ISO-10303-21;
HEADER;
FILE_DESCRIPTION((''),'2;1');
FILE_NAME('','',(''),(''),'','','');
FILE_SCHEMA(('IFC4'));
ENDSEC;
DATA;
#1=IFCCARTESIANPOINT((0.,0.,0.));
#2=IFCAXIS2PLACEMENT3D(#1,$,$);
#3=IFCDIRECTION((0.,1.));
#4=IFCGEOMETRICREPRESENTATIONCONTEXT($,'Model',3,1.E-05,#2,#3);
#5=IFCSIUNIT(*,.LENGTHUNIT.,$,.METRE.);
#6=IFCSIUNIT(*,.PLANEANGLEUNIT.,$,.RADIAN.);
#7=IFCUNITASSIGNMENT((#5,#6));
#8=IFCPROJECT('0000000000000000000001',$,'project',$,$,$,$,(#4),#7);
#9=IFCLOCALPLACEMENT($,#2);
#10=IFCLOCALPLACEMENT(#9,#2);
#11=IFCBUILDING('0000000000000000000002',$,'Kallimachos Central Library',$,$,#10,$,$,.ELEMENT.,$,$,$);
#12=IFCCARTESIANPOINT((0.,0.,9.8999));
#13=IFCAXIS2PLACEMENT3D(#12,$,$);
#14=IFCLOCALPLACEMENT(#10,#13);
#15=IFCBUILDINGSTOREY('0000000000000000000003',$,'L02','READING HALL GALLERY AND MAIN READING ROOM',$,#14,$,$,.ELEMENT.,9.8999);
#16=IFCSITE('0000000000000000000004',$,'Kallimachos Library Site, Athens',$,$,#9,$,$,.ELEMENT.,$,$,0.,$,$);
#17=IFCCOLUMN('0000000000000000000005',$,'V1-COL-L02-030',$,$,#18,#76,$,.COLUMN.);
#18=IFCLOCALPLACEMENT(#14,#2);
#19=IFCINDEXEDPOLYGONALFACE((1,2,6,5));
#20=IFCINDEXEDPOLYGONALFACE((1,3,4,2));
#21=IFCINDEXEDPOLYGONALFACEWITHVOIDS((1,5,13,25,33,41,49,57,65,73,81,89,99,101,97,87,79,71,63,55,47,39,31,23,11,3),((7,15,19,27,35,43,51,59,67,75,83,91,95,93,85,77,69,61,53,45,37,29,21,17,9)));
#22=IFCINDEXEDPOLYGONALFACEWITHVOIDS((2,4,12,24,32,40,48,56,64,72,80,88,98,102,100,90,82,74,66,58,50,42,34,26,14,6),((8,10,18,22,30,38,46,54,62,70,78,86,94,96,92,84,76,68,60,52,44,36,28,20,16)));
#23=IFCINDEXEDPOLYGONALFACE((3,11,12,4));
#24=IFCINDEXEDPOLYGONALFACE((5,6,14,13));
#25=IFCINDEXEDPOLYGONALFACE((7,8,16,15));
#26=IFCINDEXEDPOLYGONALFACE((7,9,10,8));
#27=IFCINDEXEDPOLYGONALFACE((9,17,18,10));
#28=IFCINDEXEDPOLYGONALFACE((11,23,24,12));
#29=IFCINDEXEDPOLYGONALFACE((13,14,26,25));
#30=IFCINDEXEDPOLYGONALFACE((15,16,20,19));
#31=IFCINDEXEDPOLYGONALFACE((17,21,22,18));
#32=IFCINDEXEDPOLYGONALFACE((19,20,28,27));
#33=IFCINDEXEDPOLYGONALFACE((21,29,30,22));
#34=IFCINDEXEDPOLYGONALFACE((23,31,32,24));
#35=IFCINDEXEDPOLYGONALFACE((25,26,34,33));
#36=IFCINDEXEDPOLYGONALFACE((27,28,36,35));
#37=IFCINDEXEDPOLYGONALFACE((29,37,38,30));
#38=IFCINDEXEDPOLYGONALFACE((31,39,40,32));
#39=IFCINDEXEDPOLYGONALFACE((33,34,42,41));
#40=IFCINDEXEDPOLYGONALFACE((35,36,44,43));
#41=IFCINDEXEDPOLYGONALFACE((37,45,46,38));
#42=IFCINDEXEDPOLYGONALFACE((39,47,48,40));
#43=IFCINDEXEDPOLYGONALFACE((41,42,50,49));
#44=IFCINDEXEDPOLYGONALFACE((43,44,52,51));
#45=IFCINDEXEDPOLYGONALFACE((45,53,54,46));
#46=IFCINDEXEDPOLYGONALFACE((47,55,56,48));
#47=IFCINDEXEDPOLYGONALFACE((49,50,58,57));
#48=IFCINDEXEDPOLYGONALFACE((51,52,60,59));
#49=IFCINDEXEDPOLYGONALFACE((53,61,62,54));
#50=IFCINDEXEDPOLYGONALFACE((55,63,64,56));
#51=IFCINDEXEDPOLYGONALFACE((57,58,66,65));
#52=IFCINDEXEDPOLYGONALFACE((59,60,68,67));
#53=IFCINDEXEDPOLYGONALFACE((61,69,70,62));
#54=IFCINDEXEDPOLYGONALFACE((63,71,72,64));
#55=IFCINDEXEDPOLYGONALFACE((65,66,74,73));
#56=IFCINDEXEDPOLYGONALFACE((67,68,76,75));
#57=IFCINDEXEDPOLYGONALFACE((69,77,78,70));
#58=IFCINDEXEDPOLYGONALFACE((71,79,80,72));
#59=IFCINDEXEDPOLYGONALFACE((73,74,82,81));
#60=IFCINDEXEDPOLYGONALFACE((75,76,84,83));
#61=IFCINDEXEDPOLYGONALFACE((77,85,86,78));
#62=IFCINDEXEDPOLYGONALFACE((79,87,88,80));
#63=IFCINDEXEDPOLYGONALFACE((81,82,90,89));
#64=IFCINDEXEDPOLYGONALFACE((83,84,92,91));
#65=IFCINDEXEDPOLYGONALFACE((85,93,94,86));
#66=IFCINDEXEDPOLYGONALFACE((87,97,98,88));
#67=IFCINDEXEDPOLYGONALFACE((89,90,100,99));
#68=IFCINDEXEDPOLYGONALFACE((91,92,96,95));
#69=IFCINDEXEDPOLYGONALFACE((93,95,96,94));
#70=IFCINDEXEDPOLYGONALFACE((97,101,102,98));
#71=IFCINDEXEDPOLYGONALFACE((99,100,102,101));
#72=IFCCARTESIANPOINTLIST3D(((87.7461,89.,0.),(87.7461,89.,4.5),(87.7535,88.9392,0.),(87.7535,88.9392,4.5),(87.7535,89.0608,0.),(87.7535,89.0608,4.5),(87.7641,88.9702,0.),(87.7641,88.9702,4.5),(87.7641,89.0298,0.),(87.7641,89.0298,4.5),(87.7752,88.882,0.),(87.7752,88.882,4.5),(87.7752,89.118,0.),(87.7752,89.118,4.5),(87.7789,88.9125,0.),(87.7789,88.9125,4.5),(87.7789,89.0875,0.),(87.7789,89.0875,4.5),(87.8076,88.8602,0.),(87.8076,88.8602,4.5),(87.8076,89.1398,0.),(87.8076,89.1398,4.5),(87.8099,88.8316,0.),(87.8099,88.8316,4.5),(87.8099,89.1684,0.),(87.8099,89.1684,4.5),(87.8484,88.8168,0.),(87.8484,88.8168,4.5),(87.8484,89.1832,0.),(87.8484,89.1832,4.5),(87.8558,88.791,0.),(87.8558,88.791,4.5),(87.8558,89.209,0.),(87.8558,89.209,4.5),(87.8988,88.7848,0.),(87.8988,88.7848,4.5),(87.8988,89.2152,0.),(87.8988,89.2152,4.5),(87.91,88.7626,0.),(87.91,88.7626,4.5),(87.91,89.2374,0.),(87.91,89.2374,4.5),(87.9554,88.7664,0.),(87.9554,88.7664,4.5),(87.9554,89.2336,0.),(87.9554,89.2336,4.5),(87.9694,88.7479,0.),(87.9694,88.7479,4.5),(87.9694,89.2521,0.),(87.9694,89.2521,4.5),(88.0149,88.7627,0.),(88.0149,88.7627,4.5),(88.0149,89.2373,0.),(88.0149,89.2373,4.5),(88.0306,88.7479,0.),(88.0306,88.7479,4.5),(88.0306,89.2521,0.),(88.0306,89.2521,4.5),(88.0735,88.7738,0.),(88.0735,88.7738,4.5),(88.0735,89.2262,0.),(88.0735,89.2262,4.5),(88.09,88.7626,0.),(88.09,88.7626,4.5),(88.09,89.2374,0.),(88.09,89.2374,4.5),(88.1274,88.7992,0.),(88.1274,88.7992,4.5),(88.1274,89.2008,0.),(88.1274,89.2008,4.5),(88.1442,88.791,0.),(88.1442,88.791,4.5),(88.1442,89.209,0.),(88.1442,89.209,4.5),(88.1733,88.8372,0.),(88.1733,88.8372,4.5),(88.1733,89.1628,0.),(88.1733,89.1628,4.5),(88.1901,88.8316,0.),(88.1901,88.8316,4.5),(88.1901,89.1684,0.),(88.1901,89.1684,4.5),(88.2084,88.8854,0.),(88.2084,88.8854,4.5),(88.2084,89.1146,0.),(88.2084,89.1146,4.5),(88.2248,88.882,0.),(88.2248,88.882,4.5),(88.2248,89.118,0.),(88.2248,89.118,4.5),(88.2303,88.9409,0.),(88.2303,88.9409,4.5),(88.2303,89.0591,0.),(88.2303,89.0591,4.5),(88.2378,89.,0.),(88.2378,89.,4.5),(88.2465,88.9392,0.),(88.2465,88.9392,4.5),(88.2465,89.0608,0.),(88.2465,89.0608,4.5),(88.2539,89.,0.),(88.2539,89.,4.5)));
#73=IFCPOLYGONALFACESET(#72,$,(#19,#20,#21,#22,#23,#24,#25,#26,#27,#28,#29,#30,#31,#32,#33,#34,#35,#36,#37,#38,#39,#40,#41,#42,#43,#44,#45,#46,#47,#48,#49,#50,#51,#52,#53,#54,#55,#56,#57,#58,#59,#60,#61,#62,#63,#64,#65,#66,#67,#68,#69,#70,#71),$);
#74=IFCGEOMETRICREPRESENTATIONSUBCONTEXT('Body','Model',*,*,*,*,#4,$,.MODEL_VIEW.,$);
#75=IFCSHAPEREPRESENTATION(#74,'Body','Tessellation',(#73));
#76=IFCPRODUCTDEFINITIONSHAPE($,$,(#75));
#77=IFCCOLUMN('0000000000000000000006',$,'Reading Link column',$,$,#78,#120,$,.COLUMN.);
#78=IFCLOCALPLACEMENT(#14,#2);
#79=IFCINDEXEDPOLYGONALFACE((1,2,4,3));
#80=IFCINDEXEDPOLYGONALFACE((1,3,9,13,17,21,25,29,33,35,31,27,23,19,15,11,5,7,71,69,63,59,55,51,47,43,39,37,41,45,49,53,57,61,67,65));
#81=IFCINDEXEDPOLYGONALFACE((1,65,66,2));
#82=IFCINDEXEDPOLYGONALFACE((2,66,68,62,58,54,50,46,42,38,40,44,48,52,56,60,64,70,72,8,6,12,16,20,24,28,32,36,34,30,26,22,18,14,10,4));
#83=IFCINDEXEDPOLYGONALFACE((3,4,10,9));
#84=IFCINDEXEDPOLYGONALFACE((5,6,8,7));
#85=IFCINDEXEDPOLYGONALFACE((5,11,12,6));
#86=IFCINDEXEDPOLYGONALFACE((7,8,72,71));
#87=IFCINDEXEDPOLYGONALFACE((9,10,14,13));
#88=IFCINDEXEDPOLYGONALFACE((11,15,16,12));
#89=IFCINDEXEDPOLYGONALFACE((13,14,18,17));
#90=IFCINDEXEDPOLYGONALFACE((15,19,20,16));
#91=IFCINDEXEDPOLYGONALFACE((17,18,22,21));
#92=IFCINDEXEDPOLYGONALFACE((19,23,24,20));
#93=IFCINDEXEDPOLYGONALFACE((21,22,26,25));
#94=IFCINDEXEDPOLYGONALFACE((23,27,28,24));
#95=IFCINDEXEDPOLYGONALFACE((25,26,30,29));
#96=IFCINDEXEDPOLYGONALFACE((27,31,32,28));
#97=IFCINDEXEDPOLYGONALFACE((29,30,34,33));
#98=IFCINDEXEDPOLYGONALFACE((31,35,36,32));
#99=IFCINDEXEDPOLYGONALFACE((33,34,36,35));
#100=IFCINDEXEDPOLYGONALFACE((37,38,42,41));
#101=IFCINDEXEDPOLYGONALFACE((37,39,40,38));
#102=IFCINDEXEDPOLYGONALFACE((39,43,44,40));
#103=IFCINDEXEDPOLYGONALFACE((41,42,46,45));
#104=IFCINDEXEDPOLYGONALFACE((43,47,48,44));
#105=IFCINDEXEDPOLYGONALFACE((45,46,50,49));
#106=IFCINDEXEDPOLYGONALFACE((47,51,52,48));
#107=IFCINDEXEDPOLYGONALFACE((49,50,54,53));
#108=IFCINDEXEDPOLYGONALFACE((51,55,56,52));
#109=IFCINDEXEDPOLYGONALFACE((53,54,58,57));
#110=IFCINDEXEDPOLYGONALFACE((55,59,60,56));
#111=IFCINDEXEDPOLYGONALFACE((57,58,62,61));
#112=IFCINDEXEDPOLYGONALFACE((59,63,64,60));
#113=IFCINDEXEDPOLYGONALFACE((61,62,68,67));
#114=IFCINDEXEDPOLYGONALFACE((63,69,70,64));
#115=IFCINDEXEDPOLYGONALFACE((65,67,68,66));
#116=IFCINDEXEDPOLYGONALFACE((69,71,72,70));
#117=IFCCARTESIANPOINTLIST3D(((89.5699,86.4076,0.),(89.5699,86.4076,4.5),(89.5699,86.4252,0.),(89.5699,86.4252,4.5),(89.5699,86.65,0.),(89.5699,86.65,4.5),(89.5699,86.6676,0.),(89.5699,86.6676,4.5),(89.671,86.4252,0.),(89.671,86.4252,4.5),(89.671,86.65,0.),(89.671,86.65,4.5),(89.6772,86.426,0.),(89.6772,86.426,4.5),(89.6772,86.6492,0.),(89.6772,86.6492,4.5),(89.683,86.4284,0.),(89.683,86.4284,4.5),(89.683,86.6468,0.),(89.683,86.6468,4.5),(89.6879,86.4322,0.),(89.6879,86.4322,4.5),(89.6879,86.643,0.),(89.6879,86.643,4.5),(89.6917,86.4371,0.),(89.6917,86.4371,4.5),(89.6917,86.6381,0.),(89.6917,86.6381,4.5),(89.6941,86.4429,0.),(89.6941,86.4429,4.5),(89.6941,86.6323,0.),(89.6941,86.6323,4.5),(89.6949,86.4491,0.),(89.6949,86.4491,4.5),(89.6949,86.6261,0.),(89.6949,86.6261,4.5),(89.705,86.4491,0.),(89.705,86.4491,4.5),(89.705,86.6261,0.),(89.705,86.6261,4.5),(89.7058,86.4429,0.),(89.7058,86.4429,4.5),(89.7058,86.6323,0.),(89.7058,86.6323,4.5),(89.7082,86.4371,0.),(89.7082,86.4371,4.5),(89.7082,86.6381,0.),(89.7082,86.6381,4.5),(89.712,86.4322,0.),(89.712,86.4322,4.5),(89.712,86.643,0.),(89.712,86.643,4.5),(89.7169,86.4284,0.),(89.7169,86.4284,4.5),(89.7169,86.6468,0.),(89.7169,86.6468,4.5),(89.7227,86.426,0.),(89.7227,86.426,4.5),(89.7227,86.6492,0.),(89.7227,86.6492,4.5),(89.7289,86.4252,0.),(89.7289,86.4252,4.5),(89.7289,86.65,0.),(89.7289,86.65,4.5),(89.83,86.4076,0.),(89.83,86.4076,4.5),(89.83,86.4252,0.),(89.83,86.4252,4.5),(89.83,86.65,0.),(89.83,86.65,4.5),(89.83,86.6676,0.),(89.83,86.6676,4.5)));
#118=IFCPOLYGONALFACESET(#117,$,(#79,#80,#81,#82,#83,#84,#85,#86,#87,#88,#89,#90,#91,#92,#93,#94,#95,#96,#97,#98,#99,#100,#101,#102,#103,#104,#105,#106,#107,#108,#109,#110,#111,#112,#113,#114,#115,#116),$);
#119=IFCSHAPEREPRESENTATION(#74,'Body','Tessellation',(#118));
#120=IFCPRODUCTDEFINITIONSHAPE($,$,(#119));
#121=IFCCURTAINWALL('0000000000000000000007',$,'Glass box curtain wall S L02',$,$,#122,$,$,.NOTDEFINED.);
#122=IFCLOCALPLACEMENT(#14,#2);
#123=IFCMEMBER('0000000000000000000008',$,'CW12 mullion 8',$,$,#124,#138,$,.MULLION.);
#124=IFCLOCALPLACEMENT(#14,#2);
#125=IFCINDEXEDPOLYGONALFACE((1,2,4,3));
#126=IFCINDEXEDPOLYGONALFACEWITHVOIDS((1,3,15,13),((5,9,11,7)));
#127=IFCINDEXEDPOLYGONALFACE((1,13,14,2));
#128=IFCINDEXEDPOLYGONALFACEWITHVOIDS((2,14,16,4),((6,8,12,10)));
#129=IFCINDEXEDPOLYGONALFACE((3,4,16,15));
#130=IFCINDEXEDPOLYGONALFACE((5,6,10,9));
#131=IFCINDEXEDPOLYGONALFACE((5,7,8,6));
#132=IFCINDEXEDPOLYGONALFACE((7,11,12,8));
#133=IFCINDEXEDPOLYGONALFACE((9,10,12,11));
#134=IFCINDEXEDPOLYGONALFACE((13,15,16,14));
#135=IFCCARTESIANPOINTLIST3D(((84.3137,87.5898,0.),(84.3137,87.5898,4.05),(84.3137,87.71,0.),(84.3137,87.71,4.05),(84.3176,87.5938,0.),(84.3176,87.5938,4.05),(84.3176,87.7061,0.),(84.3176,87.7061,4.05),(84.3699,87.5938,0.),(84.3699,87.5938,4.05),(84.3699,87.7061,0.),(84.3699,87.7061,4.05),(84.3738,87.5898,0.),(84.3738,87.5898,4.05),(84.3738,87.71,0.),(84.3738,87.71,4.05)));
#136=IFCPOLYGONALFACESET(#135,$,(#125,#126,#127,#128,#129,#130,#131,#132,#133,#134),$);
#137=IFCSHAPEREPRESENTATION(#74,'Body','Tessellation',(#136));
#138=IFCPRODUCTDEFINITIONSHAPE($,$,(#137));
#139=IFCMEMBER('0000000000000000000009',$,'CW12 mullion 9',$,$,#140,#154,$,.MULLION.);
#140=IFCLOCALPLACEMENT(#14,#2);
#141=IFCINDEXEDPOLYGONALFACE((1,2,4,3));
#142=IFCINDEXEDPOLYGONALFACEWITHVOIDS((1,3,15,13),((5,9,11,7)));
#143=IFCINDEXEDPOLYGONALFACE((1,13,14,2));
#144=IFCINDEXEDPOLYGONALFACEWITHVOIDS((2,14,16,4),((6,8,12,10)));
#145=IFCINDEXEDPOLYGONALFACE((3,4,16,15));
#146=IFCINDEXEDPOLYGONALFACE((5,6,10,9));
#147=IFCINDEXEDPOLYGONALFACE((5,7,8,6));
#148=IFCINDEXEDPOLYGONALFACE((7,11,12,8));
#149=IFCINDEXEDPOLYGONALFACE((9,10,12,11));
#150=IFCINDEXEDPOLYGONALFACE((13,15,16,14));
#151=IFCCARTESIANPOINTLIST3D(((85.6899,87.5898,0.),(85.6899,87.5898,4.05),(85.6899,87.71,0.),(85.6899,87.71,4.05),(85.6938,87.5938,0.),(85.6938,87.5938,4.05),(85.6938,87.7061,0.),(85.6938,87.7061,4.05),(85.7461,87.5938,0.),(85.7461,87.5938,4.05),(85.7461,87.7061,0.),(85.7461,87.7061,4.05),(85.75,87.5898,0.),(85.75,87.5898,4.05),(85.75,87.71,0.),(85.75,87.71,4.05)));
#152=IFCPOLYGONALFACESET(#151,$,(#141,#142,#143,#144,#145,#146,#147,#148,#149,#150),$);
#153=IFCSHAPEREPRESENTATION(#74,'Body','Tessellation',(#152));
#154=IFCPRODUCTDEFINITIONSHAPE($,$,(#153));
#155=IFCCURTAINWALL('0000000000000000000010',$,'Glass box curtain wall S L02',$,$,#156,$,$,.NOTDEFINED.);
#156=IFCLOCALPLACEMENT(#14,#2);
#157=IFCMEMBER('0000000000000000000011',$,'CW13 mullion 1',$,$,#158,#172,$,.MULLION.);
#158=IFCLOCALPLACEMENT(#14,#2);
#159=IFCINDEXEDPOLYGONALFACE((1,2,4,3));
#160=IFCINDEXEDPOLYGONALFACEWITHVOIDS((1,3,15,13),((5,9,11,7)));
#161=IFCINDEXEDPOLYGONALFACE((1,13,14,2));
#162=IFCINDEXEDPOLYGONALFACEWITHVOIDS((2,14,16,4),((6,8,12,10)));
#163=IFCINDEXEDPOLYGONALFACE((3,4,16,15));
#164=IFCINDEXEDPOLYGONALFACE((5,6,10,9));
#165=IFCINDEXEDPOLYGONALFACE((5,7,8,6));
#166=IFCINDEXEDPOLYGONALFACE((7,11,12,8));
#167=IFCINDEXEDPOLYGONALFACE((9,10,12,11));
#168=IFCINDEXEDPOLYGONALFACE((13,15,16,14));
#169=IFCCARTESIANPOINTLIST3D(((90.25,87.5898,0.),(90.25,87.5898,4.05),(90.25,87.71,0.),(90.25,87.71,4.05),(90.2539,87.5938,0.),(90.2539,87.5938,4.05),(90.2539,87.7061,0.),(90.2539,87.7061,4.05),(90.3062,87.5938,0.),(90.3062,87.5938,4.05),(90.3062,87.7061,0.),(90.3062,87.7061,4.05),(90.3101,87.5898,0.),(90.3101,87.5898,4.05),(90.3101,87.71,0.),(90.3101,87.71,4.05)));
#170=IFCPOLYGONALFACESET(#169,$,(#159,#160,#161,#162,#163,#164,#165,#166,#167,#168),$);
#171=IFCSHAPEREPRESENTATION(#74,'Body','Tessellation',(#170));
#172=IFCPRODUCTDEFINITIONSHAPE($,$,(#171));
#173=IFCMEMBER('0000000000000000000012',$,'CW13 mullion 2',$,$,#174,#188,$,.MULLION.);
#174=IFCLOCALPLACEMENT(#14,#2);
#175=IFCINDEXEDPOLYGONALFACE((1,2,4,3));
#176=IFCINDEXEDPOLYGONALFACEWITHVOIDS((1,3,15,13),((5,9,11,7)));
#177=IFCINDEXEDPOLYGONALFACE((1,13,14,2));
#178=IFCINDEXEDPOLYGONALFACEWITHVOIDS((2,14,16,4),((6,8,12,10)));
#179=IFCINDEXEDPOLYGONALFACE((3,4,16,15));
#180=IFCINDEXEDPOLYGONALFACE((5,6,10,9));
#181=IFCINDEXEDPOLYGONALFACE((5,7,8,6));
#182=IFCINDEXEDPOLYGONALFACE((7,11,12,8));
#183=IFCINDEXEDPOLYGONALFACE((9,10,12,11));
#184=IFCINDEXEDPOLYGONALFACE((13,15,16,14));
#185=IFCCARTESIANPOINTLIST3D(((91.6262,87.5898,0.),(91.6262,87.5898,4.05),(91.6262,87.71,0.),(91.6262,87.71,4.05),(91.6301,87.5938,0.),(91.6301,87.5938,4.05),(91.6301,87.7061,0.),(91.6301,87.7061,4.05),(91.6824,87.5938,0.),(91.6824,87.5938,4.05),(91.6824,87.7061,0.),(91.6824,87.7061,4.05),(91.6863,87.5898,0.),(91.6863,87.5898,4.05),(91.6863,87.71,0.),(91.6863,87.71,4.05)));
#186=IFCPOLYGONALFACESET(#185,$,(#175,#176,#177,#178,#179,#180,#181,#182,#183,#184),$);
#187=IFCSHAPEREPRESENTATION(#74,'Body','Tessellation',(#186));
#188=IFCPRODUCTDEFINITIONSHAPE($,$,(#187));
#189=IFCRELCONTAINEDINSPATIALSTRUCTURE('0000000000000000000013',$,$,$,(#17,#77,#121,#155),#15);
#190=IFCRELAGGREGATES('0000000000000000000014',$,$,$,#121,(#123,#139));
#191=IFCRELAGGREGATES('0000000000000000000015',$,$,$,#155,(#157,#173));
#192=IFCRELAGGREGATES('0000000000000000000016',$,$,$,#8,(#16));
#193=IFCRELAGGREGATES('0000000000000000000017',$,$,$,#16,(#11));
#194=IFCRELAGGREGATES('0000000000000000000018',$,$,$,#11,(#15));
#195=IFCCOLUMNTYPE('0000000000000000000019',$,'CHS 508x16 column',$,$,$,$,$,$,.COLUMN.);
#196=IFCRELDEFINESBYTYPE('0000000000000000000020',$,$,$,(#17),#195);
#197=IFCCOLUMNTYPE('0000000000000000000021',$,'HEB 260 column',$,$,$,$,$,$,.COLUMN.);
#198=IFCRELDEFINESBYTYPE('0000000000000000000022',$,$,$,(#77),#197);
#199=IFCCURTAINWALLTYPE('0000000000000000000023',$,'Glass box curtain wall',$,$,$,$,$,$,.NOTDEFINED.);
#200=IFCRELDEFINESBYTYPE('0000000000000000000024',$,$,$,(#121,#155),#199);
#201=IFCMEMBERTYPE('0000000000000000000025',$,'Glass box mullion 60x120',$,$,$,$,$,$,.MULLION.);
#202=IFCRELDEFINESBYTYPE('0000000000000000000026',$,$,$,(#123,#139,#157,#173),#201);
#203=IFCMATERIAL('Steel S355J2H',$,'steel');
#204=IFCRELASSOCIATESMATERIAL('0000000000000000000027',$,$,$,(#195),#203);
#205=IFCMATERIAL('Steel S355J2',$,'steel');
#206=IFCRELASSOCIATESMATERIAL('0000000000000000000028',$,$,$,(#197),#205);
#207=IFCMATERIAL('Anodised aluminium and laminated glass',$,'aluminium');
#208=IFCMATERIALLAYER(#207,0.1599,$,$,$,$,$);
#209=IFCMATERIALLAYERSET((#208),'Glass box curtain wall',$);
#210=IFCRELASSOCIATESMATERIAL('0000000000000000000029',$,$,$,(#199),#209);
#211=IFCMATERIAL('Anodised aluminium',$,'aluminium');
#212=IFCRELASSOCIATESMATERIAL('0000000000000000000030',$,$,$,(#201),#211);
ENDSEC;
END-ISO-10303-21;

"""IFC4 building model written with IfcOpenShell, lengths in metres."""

from ifc_helpers import new_model, si_unit, direction, frame, origin, origin_2d, place, context, subcontext, project, spatial, hollow_rectangle, hollow_circle, i_section, extrude, material, layer, layer_set, material_profile, profile_set, type_object, element, aggregate, save


model = new_model("IFC4")

# Units and contexts
model_context = context("Model", 3, precision=1e-05, world=origin(), true_north=direction((0.0, 1.0)))
body_context = subcontext(model_context, "Body", "Model", "MODEL_VIEW")
ifc_project = project(units=[si_unit("LENGTHUNIT", "METRE"), si_unit("PLANEANGLEUNIT", "RADIAN")], contexts=[model_context])

# Site, building, storey
site_placement = place(None, origin())
site = spatial("IfcSite", under=ifc_project, at=site_placement, Name="Kallimachos Library Site, Athens", CompositionType="ELEMENT", RefElevation=0.0)
building_placement = place(site_placement, origin())
building = spatial("IfcBuilding", under=site, at=building_placement, Name="Kallimachos Central Library", CompositionType="ELEMENT")
storey_placement = place(building_placement, frame((0.0, 0.0, 9.8999)))
storey = spatial("IfcBuildingStorey", under=building, at=storey_placement, Name="L02", Description="READING HALL GALLERY AND MAIN READING ROOM", CompositionType="ELEMENT", Elevation=9.8999)

# Columns
ifc_material_1 = material(Name="Steel S355J2H", Category="steel")
ifc_material_profile_1 = material_profile(ifc_material_1, hollow_circle(Radius=0.2539, WallThickness=0.0161, at=origin_2d()), Name="CHS 508x16")
ifc_profile_set_1 = profile_set([ifc_material_profile_1], Name="Steel S355J2H")
column_type_1 = type_object("IfcColumnType", Name="CHS 508x16 column", PredefinedType="COLUMN", material=ifc_profile_set_1)
column_1_placement = place(storey_placement, frame((88.0, 89.0, 0.0), z_axis=(0.0, 0.0, 1.0), x_axis=(1.0, 0.0, 0.0)))
element("IfcColumn", 1, at=column_1_placement, inside=storey, type_object=column_type_1, Name="V1-COL-L02-030", PredefinedType="COLUMN", context=body_context, shape_type="SweptSolid", body=[
    extrude(hollow_circle(Radius=0.2539, WallThickness=0.0161, at=origin_2d()), origin(), (0.0, 0.0, 1.0), 4.5),
])
ifc_material_2 = material(Name="Steel S355J2", Category="steel")
ifc_material_profile_2 = material_profile(ifc_material_2, i_section(OverallWidth=0.26, OverallDepth=0.26, WebThickness=0.01, FlangeThickness=0.0176, FilletRadius=0.0239, at=origin_2d()), Name="HEB 260")
ifc_profile_set_2 = profile_set([ifc_material_profile_2], Name="Steel S355J2")
column_type_2 = type_object("IfcColumnType", Name="HEB 260 column", PredefinedType="COLUMN", material=ifc_profile_set_2)
column_2_placement = place(storey_placement, frame((89.7, 86.5376, 0.0), z_axis=(0.0, 0.0, 1.0), x_axis=(1.0, 0.0, 0.0)))
element("IfcColumn", 2, at=column_2_placement, inside=storey, type_object=column_type_2, Name="Reading Link column", PredefinedType="COLUMN", context=body_context, shape_type="SweptSolid", body=[
    extrude(i_section(OverallWidth=0.26, OverallDepth=0.26, WebThickness=0.01, FlangeThickness=0.0176, FilletRadius=0.0239, at=origin_2d()), origin(), (0.0, 0.0, 1.0), 4.5),
])

# Curtain walls, members
ifc_material_3 = material(Name="Anodised aluminium and laminated glass", Category="aluminium")
ifc_layer_1 = layer(ifc_material_3, 0.1599)
ifc_layer_set_1 = layer_set([ifc_layer_1], Name="Glass box curtain wall")
curtain_wall_type = type_object("IfcCurtainWallType", Name="Glass box curtain wall", PredefinedType="NOTDEFINED", material=ifc_layer_set_1)
curtain_wall_1_placement = place(storey_placement, origin())
curtain_wall_1 = element("IfcCurtainWall", 3, at=curtain_wall_1_placement, inside=storey, type_object=curtain_wall_type, Name="Glass box curtain wall S L02", PredefinedType="NOTDEFINED")
ifc_material_4 = material(Name="Anodised aluminium", Category="aluminium")
ifc_material_profile_3 = material_profile(ifc_material_4, hollow_rectangle(XDim=0.0601, YDim=0.1201, WallThickness=0.0039, at=origin_2d()), Name="ALU MULLION 60x120")
ifc_profile_set_3 = profile_set([ifc_material_profile_3], Name="Anodised aluminium")
member_type_1 = type_object("IfcMemberType", Name="Glass box mullion 60x120", PredefinedType="MULLION", material=ifc_profile_set_3)
member_1_placement = place(storey_placement, frame((84.3438, 87.6499, 0.0), z_axis=(0.0, 0.0, 1.0), x_axis=(1.0, 0.0, 0.0)))
member_1 = element("IfcMember", 4, at=member_1_placement, type_object=member_type_1, Name="CW12 mullion 8", PredefinedType="MULLION", context=body_context, shape_type="SweptSolid", body=[
    extrude(hollow_rectangle(XDim=0.0601, YDim=0.1201, WallThickness=0.0039, at=origin_2d()), origin(), (0.0, 0.0, 1.0), 4.05),
])
member_2_placement = place(storey_placement, frame((85.72, 87.6499, 0.0), z_axis=(0.0, 0.0, 1.0), x_axis=(1.0, 0.0, 0.0)))
member_2 = element("IfcMember", 5, at=member_2_placement, type_object=member_type_1, Name="CW12 mullion 9", PredefinedType="MULLION", context=body_context, shape_type="SweptSolid", body=[
    extrude(hollow_rectangle(XDim=0.0601, YDim=0.1201, WallThickness=0.0039, at=origin_2d()), origin(), (0.0, 0.0, 1.0), 4.05),
])
curtain_wall_2_placement = place(storey_placement, origin())
curtain_wall_2 = element("IfcCurtainWall", 6, at=curtain_wall_2_placement, inside=storey, type_object=curtain_wall_type, Name="Glass box curtain wall S L02", PredefinedType="NOTDEFINED")
member_3_placement = place(storey_placement, frame((90.28, 87.6499, 0.0), z_axis=(0.0, 0.0, 1.0), x_axis=(1.0, 0.0, 0.0)))
member_3 = element("IfcMember", 7, at=member_3_placement, type_object=member_type_1, Name="CW13 mullion 1", PredefinedType="MULLION", context=body_context, shape_type="SweptSolid", body=[
    extrude(hollow_rectangle(XDim=0.0601, YDim=0.1201, WallThickness=0.0039, at=origin_2d()), origin(), (0.0, 0.0, 1.0), 4.05),
])
member_4_placement = place(storey_placement, frame((91.6562, 87.6499, 0.0), z_axis=(0.0, 0.0, 1.0), x_axis=(1.0, 0.0, 0.0)))
member_4 = element("IfcMember", 8, at=member_4_placement, type_object=member_type_1, Name="CW13 mullion 2", PredefinedType="MULLION", context=body_context, shape_type="SweptSolid", body=[
    extrude(hollow_rectangle(XDim=0.0601, YDim=0.1201, WallThickness=0.0039, at=origin_2d()), origin(), (0.0, 0.0, 1.0), 4.05),
])

aggregate(curtain_wall_1, [member_1, member_2])
aggregate(curtain_wall_2, [member_3, member_4])

save(model, "model.ifc")
